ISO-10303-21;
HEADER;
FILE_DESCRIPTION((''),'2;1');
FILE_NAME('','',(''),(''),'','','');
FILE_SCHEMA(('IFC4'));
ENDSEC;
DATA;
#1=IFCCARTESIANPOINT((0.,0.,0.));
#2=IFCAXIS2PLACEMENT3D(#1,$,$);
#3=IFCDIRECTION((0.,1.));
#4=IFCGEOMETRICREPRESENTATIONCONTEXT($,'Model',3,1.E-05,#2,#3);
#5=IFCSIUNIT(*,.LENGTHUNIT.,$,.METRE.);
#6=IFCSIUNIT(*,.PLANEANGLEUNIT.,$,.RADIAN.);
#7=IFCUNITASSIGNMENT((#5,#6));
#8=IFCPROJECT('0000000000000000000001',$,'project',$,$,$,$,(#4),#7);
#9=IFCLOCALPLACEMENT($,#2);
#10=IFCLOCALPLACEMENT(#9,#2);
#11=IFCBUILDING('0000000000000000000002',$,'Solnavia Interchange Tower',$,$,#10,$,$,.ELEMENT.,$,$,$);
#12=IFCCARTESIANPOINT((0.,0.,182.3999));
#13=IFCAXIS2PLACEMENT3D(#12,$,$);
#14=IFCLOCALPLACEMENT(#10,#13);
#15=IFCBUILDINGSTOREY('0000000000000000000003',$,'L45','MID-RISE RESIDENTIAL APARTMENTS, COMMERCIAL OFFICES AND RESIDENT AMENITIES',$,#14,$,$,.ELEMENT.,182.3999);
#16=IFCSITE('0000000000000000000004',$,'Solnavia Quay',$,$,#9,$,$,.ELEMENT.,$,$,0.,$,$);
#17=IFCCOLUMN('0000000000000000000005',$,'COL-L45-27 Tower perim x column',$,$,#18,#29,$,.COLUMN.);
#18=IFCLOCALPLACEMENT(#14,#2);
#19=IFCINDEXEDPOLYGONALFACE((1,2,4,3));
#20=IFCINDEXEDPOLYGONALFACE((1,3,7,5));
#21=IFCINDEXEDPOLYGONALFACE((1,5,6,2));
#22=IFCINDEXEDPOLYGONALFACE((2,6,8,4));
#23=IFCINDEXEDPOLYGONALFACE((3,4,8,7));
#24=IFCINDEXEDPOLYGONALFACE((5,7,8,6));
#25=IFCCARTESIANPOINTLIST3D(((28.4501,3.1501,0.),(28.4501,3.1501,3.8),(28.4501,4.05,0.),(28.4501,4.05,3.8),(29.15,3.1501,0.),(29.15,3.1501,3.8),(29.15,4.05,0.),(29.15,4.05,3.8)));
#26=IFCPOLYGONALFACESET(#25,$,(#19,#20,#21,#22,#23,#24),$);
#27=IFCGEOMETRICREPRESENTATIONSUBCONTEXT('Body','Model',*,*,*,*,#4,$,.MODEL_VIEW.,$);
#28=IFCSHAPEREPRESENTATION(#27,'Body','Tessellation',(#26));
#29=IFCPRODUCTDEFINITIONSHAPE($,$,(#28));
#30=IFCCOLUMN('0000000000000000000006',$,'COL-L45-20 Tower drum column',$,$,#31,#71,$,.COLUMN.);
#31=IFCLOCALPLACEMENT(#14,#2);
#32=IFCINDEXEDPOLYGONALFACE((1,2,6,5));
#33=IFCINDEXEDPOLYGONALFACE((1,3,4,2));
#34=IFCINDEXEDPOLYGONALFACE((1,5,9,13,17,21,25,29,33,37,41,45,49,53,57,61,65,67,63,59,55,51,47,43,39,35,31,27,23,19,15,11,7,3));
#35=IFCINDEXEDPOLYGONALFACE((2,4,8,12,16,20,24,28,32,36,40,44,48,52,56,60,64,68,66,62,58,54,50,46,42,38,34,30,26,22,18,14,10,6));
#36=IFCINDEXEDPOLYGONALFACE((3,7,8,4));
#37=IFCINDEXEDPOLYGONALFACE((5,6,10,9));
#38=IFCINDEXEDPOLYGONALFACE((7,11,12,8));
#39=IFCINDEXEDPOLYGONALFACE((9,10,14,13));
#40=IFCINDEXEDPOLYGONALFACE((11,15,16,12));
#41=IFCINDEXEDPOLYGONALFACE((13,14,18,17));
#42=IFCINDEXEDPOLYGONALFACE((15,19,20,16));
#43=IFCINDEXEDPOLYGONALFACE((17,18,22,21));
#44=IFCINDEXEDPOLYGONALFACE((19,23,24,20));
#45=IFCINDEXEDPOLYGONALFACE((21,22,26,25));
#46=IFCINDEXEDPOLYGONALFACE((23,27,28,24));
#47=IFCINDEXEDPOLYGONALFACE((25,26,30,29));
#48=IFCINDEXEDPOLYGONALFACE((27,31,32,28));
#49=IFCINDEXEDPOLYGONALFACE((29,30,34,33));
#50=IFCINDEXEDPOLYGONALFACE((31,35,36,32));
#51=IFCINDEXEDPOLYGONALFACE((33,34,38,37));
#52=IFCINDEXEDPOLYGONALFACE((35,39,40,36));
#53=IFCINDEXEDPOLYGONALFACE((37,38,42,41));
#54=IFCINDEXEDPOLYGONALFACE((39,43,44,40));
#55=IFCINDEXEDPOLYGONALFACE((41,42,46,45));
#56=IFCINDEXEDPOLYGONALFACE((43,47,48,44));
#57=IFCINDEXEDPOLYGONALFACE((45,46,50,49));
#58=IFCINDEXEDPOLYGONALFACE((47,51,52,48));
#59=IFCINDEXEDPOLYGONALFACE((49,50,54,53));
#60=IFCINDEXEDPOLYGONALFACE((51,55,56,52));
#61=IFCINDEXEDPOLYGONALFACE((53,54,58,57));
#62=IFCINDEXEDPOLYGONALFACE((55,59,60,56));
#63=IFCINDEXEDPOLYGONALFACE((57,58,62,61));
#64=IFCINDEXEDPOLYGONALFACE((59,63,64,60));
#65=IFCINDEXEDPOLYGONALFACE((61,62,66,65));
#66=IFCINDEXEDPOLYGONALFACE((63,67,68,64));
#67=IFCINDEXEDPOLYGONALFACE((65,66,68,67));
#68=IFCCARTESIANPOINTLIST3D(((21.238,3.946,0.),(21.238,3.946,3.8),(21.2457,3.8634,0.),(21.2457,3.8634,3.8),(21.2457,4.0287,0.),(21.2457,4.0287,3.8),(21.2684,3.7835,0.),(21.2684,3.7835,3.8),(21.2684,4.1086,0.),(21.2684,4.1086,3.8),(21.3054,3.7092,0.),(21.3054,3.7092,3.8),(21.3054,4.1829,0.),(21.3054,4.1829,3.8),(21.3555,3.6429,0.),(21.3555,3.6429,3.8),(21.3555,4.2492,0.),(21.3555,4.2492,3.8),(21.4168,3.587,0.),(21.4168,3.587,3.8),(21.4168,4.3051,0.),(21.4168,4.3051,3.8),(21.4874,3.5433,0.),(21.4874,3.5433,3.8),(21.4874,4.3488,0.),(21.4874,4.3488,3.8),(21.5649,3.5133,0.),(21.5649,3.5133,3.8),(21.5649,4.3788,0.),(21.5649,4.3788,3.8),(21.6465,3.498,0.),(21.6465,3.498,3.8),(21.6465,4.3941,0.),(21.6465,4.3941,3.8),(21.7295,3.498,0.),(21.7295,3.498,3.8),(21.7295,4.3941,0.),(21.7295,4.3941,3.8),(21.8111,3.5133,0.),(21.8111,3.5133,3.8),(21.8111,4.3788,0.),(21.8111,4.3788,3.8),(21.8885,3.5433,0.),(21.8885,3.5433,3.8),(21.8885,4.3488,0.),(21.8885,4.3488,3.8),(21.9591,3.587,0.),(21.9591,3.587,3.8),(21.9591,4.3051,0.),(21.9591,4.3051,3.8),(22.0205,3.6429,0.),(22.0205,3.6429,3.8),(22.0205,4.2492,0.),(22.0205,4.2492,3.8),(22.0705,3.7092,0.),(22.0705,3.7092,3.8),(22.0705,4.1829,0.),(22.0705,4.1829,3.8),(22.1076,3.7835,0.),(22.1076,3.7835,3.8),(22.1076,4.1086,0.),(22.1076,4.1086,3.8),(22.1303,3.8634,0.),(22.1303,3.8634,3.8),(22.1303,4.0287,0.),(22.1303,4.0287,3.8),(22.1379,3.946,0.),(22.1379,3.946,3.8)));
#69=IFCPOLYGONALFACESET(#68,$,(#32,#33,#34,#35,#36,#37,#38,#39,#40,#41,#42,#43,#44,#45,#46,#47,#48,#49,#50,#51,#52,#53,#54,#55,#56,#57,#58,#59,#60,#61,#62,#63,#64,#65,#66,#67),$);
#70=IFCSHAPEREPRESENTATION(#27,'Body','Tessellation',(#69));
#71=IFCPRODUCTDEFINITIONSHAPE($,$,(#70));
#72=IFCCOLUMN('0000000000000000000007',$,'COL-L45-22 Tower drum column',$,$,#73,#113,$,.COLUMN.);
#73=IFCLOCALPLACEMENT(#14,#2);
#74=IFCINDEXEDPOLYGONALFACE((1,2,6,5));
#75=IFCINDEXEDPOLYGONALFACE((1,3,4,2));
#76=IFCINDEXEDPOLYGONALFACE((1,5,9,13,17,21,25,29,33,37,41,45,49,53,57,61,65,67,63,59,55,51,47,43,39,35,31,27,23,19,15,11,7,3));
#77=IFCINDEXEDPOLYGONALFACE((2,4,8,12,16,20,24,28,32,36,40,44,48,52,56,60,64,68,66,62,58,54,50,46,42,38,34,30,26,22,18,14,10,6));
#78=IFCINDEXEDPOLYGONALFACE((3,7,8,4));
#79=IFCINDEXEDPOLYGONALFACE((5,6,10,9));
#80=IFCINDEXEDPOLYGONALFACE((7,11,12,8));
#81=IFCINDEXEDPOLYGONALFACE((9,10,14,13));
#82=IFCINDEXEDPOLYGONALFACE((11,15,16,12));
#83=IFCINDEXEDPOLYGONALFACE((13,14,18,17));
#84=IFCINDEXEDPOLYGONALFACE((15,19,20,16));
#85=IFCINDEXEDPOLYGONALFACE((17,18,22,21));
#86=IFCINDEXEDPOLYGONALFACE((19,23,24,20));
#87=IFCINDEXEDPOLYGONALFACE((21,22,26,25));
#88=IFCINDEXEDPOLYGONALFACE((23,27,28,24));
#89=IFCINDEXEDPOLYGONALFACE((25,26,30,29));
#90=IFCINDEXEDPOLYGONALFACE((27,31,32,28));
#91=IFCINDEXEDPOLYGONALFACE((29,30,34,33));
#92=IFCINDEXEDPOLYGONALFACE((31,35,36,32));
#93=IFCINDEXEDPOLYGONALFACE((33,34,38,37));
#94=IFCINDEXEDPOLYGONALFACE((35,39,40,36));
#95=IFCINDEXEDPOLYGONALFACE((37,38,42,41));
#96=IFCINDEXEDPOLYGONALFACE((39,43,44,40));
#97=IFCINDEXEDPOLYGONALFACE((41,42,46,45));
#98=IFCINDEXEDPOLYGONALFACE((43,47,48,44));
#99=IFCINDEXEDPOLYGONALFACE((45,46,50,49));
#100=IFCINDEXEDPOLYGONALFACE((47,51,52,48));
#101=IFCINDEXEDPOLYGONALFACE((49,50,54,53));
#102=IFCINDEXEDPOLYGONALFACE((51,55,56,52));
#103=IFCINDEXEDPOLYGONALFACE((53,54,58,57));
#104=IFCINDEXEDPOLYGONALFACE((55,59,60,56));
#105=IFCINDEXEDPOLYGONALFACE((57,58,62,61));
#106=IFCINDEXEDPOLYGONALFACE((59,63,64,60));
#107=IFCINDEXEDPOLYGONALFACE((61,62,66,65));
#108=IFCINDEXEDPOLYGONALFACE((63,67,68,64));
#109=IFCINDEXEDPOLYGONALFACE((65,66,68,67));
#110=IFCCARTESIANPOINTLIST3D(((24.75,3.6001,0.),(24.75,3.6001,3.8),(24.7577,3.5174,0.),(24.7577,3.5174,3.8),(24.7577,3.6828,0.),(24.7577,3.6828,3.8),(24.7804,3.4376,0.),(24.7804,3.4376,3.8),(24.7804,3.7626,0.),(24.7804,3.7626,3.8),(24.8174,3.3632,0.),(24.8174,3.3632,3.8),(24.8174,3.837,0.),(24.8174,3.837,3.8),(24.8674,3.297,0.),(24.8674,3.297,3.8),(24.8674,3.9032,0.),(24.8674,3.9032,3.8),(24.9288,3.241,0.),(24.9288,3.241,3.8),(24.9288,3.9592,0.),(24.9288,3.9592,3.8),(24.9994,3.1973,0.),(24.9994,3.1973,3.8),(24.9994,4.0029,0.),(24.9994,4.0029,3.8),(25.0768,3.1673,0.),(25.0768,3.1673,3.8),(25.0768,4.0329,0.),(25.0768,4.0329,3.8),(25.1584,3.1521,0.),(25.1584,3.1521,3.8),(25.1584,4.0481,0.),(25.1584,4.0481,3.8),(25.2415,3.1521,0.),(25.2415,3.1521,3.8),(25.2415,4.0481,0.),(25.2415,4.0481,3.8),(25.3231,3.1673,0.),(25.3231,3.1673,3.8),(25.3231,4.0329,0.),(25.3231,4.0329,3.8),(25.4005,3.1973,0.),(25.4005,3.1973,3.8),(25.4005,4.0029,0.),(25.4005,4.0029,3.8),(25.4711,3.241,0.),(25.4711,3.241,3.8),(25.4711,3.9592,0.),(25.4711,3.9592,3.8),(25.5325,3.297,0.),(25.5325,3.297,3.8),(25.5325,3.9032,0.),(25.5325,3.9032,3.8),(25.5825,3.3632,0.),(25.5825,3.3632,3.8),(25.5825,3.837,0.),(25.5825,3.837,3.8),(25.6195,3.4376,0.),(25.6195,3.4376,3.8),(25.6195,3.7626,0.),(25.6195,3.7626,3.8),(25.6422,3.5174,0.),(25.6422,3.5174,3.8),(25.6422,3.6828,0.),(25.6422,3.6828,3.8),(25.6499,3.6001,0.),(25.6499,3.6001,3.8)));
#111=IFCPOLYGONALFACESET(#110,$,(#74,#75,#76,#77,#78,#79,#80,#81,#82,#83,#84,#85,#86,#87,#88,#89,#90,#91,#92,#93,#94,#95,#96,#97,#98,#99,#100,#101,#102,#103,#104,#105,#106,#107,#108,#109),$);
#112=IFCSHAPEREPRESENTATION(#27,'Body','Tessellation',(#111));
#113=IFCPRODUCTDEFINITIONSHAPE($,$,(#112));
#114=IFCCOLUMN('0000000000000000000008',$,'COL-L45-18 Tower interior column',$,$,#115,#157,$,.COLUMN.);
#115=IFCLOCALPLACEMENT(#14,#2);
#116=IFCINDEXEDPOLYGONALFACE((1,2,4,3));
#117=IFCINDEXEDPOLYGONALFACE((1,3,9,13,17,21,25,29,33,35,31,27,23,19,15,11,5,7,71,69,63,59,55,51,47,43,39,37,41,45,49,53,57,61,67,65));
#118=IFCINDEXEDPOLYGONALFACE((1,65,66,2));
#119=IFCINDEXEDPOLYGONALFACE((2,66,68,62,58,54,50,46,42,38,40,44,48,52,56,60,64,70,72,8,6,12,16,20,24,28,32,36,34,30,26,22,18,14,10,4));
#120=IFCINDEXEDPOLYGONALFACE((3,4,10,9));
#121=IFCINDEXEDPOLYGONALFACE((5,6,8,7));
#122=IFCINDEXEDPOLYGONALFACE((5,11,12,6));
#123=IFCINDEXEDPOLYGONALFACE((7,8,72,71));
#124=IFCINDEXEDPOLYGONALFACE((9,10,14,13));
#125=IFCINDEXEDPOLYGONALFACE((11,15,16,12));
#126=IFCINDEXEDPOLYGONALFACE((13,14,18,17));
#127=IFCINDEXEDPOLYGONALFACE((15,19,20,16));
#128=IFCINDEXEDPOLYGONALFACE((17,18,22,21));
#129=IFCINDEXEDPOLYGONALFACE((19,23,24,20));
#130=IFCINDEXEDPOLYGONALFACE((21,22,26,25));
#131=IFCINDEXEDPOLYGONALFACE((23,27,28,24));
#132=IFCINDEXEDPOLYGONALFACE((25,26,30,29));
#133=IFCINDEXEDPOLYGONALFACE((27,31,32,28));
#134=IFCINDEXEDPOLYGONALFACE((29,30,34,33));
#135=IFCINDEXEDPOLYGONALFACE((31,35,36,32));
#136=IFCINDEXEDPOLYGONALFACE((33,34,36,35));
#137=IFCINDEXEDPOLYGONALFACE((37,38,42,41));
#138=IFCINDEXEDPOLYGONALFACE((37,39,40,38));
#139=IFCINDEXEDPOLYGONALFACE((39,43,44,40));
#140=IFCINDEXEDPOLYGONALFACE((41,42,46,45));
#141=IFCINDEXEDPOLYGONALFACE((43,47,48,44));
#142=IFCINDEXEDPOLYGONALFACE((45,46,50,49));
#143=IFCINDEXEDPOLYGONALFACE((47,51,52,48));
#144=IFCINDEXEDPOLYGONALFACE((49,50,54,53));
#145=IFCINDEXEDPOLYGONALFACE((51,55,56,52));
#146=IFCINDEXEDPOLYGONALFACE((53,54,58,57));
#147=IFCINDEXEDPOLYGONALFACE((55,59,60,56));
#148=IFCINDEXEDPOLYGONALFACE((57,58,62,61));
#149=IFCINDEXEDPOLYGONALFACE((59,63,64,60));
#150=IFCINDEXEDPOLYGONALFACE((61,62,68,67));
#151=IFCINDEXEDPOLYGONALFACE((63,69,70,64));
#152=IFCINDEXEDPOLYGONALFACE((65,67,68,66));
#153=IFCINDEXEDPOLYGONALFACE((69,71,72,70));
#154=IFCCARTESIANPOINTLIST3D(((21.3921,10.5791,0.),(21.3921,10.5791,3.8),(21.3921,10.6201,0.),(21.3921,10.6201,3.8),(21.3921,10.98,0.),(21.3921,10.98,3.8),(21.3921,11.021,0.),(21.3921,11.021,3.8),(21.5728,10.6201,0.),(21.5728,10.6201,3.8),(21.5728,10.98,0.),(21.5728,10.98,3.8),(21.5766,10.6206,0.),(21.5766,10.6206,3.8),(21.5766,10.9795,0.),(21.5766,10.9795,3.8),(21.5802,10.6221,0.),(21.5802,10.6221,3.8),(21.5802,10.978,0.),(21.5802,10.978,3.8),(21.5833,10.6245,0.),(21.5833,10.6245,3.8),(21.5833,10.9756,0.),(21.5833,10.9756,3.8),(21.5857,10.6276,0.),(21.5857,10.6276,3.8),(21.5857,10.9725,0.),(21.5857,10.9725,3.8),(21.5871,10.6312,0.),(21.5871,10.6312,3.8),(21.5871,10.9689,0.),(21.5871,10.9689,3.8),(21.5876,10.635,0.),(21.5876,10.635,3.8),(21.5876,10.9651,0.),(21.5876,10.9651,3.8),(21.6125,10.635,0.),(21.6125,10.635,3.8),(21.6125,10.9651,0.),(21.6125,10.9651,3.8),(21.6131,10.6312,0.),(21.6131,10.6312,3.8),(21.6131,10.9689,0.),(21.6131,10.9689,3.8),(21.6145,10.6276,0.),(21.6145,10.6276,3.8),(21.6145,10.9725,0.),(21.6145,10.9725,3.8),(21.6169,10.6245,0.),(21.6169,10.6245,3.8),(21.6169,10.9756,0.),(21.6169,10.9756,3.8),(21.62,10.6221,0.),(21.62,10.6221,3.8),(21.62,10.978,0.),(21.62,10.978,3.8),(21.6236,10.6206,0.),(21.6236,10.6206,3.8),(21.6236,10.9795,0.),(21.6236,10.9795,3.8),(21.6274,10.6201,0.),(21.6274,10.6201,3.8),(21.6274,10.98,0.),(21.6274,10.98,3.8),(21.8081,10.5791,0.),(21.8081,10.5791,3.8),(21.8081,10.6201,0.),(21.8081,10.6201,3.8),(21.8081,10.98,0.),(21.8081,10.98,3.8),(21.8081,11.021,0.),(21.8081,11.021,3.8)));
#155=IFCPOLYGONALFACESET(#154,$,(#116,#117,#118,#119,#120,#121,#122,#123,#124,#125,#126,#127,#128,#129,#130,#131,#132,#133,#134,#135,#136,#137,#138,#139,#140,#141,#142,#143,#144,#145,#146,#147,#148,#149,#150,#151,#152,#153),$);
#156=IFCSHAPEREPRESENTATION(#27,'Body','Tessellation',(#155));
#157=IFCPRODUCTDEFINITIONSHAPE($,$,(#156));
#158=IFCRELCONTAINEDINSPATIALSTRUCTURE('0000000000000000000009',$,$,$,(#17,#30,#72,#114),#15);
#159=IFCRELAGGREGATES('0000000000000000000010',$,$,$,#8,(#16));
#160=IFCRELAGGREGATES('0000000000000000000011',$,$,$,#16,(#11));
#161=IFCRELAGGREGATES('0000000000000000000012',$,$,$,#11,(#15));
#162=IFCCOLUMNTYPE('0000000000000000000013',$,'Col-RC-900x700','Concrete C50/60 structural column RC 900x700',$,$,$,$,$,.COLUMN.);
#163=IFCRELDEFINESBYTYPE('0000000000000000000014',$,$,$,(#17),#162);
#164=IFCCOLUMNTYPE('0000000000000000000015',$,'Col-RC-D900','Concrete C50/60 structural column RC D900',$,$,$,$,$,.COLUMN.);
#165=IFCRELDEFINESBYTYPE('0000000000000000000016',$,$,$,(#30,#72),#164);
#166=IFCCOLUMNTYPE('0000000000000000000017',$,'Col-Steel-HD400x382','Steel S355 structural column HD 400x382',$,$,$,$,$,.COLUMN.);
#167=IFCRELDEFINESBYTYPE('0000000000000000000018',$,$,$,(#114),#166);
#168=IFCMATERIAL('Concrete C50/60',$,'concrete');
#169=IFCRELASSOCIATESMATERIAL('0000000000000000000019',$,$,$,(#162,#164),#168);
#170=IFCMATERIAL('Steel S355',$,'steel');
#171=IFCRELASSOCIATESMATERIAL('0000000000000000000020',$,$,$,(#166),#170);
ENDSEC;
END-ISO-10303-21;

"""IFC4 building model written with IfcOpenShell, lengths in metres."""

from ifc_helpers import new_model, si_unit, direction, frame, origin, origin_2d, place, context, subcontext, project, spatial, rectangle, circle, i_section, extrude, material, material_profile, profile_set, type_object, element, save


model = new_model("IFC4")

# Units and contexts
model_context = context("Model", 3, precision=1e-05, world=origin(), true_north=direction((0.0, 1.0)))
body_context = subcontext(model_context, "Body", "Model", "MODEL_VIEW")
ifc_project = project(units=[si_unit("LENGTHUNIT", "METRE"), si_unit("PLANEANGLEUNIT", "RADIAN")], contexts=[model_context])

# Site, building, storey
site_placement = place(None, origin())
site = spatial("IfcSite", under=ifc_project, at=site_placement, Name="Solnavia Quay", CompositionType="ELEMENT", RefElevation=0.0)
building_placement = place(site_placement, origin())
building = spatial("IfcBuilding", under=site, at=building_placement, Name="Solnavia Interchange Tower", CompositionType="ELEMENT")
storey_placement = place(building_placement, frame((0.0, 0.0, 182.3999)))
storey = spatial("IfcBuildingStorey", under=building, at=storey_placement, Name="L45", Description="MID-RISE RESIDENTIAL APARTMENTS, COMMERCIAL OFFICES AND RESIDENT AMENITIES", CompositionType="ELEMENT", Elevation=182.3999)

# Columns
ifc_material_1 = material(Name="Concrete C50/60", Category="concrete")
ifc_material_profile_1 = material_profile(ifc_material_1, rectangle(XDim=0.7, YDim=0.8999, at=origin_2d()), Name="RC 900x700")
ifc_profile_set_1 = profile_set([ifc_material_profile_1], Name="Concrete C50/60")
column_type_1 = type_object("IfcColumnType", Name="Col-RC-900x700", Description="Concrete C50/60 structural column RC 900x700", PredefinedType="COLUMN", material=ifc_profile_set_1)
column_1_placement = place(storey_placement, frame((28.8, 3.6001, 0.0), z_axis=(0.0, 0.0, 1.0), x_axis=(1.0, 0.0, 0.0)))
element("IfcColumn", 1, at=column_1_placement, inside=storey, type_object=column_type_1, Name="COL-L45-27 Tower perim x column", PredefinedType="COLUMN", context=body_context, shape_type="SweptSolid", body=[
    extrude(rectangle(XDim=0.7, YDim=0.8999, at=origin_2d()), origin(), (0.0, 0.0, 1.0), 3.8),
])
ifc_material_profile_2 = material_profile(ifc_material_1, circle(Radius=0.45, at=origin_2d()), Name="RC D900")
ifc_profile_set_2 = profile_set([ifc_material_profile_2], Name="Concrete C50/60")
column_type_2 = type_object("IfcColumnType", Name="Col-RC-D900", Description="Concrete C50/60 structural column RC D900", PredefinedType="COLUMN", material=ifc_profile_set_2)
for number, where, z_axis, x_axis, name in (
    (2, (21.688, 3.946, 0.0), (0.0, 0.0, 1.0), (1.0, 0.0, 0.0), "COL-L45-20 Tower drum column"),
    (3, (25.2, 3.6001, 0.0), (0.0, 0.0, 1.0), (1.0, 0.0, 0.0), "COL-L45-22 Tower drum column"),
):
    element("IfcColumn", number, at=place(storey_placement, frame(where, z_axis=z_axis, x_axis=x_axis)), inside=storey, type_object=column_type_2, Name=name, PredefinedType="COLUMN", context=body_context, shape_type="SweptSolid", body=[
        extrude(circle(Radius=0.45, at=origin_2d()), origin(), (0.0, 0.0, 1.0), 3.8),
    ])
ifc_material_2 = material(Name="Steel S355", Category="steel")
ifc_material_profile_3 = material_profile(ifc_material_2, i_section(OverallWidth=0.416, OverallDepth=0.4419, WebThickness=0.0249, FlangeThickness=0.041, FilletRadius=0.0149, at=origin_2d()), Name="HD 400x382")
ifc_profile_set_3 = profile_set([ifc_material_profile_3], Name="Steel S355")
column_type_3 = type_object("IfcColumnType", Name="Col-Steel-HD400x382", Description="Steel S355 structural column HD 400x382", PredefinedType="COLUMN", material=ifc_profile_set_3)
column_2_placement = place(storey_placement, frame((21.6001, 10.8, 0.0), z_axis=(0.0, 0.0, 1.0), x_axis=(1.0, 0.0, 0.0)))
element("IfcColumn", 4, at=column_2_placement, inside=storey, type_object=column_type_3, Name="COL-L45-18 Tower interior column", PredefinedType="COLUMN", context=body_context, shape_type="SweptSolid", body=[
    extrude(i_section(OverallWidth=0.416, OverallDepth=0.4419, WebThickness=0.0249, FlangeThickness=0.041, FilletRadius=0.0149, at=origin_2d()), origin(), (0.0, 0.0, 1.0), 3.8),
])

save(model, "model.ifc")
